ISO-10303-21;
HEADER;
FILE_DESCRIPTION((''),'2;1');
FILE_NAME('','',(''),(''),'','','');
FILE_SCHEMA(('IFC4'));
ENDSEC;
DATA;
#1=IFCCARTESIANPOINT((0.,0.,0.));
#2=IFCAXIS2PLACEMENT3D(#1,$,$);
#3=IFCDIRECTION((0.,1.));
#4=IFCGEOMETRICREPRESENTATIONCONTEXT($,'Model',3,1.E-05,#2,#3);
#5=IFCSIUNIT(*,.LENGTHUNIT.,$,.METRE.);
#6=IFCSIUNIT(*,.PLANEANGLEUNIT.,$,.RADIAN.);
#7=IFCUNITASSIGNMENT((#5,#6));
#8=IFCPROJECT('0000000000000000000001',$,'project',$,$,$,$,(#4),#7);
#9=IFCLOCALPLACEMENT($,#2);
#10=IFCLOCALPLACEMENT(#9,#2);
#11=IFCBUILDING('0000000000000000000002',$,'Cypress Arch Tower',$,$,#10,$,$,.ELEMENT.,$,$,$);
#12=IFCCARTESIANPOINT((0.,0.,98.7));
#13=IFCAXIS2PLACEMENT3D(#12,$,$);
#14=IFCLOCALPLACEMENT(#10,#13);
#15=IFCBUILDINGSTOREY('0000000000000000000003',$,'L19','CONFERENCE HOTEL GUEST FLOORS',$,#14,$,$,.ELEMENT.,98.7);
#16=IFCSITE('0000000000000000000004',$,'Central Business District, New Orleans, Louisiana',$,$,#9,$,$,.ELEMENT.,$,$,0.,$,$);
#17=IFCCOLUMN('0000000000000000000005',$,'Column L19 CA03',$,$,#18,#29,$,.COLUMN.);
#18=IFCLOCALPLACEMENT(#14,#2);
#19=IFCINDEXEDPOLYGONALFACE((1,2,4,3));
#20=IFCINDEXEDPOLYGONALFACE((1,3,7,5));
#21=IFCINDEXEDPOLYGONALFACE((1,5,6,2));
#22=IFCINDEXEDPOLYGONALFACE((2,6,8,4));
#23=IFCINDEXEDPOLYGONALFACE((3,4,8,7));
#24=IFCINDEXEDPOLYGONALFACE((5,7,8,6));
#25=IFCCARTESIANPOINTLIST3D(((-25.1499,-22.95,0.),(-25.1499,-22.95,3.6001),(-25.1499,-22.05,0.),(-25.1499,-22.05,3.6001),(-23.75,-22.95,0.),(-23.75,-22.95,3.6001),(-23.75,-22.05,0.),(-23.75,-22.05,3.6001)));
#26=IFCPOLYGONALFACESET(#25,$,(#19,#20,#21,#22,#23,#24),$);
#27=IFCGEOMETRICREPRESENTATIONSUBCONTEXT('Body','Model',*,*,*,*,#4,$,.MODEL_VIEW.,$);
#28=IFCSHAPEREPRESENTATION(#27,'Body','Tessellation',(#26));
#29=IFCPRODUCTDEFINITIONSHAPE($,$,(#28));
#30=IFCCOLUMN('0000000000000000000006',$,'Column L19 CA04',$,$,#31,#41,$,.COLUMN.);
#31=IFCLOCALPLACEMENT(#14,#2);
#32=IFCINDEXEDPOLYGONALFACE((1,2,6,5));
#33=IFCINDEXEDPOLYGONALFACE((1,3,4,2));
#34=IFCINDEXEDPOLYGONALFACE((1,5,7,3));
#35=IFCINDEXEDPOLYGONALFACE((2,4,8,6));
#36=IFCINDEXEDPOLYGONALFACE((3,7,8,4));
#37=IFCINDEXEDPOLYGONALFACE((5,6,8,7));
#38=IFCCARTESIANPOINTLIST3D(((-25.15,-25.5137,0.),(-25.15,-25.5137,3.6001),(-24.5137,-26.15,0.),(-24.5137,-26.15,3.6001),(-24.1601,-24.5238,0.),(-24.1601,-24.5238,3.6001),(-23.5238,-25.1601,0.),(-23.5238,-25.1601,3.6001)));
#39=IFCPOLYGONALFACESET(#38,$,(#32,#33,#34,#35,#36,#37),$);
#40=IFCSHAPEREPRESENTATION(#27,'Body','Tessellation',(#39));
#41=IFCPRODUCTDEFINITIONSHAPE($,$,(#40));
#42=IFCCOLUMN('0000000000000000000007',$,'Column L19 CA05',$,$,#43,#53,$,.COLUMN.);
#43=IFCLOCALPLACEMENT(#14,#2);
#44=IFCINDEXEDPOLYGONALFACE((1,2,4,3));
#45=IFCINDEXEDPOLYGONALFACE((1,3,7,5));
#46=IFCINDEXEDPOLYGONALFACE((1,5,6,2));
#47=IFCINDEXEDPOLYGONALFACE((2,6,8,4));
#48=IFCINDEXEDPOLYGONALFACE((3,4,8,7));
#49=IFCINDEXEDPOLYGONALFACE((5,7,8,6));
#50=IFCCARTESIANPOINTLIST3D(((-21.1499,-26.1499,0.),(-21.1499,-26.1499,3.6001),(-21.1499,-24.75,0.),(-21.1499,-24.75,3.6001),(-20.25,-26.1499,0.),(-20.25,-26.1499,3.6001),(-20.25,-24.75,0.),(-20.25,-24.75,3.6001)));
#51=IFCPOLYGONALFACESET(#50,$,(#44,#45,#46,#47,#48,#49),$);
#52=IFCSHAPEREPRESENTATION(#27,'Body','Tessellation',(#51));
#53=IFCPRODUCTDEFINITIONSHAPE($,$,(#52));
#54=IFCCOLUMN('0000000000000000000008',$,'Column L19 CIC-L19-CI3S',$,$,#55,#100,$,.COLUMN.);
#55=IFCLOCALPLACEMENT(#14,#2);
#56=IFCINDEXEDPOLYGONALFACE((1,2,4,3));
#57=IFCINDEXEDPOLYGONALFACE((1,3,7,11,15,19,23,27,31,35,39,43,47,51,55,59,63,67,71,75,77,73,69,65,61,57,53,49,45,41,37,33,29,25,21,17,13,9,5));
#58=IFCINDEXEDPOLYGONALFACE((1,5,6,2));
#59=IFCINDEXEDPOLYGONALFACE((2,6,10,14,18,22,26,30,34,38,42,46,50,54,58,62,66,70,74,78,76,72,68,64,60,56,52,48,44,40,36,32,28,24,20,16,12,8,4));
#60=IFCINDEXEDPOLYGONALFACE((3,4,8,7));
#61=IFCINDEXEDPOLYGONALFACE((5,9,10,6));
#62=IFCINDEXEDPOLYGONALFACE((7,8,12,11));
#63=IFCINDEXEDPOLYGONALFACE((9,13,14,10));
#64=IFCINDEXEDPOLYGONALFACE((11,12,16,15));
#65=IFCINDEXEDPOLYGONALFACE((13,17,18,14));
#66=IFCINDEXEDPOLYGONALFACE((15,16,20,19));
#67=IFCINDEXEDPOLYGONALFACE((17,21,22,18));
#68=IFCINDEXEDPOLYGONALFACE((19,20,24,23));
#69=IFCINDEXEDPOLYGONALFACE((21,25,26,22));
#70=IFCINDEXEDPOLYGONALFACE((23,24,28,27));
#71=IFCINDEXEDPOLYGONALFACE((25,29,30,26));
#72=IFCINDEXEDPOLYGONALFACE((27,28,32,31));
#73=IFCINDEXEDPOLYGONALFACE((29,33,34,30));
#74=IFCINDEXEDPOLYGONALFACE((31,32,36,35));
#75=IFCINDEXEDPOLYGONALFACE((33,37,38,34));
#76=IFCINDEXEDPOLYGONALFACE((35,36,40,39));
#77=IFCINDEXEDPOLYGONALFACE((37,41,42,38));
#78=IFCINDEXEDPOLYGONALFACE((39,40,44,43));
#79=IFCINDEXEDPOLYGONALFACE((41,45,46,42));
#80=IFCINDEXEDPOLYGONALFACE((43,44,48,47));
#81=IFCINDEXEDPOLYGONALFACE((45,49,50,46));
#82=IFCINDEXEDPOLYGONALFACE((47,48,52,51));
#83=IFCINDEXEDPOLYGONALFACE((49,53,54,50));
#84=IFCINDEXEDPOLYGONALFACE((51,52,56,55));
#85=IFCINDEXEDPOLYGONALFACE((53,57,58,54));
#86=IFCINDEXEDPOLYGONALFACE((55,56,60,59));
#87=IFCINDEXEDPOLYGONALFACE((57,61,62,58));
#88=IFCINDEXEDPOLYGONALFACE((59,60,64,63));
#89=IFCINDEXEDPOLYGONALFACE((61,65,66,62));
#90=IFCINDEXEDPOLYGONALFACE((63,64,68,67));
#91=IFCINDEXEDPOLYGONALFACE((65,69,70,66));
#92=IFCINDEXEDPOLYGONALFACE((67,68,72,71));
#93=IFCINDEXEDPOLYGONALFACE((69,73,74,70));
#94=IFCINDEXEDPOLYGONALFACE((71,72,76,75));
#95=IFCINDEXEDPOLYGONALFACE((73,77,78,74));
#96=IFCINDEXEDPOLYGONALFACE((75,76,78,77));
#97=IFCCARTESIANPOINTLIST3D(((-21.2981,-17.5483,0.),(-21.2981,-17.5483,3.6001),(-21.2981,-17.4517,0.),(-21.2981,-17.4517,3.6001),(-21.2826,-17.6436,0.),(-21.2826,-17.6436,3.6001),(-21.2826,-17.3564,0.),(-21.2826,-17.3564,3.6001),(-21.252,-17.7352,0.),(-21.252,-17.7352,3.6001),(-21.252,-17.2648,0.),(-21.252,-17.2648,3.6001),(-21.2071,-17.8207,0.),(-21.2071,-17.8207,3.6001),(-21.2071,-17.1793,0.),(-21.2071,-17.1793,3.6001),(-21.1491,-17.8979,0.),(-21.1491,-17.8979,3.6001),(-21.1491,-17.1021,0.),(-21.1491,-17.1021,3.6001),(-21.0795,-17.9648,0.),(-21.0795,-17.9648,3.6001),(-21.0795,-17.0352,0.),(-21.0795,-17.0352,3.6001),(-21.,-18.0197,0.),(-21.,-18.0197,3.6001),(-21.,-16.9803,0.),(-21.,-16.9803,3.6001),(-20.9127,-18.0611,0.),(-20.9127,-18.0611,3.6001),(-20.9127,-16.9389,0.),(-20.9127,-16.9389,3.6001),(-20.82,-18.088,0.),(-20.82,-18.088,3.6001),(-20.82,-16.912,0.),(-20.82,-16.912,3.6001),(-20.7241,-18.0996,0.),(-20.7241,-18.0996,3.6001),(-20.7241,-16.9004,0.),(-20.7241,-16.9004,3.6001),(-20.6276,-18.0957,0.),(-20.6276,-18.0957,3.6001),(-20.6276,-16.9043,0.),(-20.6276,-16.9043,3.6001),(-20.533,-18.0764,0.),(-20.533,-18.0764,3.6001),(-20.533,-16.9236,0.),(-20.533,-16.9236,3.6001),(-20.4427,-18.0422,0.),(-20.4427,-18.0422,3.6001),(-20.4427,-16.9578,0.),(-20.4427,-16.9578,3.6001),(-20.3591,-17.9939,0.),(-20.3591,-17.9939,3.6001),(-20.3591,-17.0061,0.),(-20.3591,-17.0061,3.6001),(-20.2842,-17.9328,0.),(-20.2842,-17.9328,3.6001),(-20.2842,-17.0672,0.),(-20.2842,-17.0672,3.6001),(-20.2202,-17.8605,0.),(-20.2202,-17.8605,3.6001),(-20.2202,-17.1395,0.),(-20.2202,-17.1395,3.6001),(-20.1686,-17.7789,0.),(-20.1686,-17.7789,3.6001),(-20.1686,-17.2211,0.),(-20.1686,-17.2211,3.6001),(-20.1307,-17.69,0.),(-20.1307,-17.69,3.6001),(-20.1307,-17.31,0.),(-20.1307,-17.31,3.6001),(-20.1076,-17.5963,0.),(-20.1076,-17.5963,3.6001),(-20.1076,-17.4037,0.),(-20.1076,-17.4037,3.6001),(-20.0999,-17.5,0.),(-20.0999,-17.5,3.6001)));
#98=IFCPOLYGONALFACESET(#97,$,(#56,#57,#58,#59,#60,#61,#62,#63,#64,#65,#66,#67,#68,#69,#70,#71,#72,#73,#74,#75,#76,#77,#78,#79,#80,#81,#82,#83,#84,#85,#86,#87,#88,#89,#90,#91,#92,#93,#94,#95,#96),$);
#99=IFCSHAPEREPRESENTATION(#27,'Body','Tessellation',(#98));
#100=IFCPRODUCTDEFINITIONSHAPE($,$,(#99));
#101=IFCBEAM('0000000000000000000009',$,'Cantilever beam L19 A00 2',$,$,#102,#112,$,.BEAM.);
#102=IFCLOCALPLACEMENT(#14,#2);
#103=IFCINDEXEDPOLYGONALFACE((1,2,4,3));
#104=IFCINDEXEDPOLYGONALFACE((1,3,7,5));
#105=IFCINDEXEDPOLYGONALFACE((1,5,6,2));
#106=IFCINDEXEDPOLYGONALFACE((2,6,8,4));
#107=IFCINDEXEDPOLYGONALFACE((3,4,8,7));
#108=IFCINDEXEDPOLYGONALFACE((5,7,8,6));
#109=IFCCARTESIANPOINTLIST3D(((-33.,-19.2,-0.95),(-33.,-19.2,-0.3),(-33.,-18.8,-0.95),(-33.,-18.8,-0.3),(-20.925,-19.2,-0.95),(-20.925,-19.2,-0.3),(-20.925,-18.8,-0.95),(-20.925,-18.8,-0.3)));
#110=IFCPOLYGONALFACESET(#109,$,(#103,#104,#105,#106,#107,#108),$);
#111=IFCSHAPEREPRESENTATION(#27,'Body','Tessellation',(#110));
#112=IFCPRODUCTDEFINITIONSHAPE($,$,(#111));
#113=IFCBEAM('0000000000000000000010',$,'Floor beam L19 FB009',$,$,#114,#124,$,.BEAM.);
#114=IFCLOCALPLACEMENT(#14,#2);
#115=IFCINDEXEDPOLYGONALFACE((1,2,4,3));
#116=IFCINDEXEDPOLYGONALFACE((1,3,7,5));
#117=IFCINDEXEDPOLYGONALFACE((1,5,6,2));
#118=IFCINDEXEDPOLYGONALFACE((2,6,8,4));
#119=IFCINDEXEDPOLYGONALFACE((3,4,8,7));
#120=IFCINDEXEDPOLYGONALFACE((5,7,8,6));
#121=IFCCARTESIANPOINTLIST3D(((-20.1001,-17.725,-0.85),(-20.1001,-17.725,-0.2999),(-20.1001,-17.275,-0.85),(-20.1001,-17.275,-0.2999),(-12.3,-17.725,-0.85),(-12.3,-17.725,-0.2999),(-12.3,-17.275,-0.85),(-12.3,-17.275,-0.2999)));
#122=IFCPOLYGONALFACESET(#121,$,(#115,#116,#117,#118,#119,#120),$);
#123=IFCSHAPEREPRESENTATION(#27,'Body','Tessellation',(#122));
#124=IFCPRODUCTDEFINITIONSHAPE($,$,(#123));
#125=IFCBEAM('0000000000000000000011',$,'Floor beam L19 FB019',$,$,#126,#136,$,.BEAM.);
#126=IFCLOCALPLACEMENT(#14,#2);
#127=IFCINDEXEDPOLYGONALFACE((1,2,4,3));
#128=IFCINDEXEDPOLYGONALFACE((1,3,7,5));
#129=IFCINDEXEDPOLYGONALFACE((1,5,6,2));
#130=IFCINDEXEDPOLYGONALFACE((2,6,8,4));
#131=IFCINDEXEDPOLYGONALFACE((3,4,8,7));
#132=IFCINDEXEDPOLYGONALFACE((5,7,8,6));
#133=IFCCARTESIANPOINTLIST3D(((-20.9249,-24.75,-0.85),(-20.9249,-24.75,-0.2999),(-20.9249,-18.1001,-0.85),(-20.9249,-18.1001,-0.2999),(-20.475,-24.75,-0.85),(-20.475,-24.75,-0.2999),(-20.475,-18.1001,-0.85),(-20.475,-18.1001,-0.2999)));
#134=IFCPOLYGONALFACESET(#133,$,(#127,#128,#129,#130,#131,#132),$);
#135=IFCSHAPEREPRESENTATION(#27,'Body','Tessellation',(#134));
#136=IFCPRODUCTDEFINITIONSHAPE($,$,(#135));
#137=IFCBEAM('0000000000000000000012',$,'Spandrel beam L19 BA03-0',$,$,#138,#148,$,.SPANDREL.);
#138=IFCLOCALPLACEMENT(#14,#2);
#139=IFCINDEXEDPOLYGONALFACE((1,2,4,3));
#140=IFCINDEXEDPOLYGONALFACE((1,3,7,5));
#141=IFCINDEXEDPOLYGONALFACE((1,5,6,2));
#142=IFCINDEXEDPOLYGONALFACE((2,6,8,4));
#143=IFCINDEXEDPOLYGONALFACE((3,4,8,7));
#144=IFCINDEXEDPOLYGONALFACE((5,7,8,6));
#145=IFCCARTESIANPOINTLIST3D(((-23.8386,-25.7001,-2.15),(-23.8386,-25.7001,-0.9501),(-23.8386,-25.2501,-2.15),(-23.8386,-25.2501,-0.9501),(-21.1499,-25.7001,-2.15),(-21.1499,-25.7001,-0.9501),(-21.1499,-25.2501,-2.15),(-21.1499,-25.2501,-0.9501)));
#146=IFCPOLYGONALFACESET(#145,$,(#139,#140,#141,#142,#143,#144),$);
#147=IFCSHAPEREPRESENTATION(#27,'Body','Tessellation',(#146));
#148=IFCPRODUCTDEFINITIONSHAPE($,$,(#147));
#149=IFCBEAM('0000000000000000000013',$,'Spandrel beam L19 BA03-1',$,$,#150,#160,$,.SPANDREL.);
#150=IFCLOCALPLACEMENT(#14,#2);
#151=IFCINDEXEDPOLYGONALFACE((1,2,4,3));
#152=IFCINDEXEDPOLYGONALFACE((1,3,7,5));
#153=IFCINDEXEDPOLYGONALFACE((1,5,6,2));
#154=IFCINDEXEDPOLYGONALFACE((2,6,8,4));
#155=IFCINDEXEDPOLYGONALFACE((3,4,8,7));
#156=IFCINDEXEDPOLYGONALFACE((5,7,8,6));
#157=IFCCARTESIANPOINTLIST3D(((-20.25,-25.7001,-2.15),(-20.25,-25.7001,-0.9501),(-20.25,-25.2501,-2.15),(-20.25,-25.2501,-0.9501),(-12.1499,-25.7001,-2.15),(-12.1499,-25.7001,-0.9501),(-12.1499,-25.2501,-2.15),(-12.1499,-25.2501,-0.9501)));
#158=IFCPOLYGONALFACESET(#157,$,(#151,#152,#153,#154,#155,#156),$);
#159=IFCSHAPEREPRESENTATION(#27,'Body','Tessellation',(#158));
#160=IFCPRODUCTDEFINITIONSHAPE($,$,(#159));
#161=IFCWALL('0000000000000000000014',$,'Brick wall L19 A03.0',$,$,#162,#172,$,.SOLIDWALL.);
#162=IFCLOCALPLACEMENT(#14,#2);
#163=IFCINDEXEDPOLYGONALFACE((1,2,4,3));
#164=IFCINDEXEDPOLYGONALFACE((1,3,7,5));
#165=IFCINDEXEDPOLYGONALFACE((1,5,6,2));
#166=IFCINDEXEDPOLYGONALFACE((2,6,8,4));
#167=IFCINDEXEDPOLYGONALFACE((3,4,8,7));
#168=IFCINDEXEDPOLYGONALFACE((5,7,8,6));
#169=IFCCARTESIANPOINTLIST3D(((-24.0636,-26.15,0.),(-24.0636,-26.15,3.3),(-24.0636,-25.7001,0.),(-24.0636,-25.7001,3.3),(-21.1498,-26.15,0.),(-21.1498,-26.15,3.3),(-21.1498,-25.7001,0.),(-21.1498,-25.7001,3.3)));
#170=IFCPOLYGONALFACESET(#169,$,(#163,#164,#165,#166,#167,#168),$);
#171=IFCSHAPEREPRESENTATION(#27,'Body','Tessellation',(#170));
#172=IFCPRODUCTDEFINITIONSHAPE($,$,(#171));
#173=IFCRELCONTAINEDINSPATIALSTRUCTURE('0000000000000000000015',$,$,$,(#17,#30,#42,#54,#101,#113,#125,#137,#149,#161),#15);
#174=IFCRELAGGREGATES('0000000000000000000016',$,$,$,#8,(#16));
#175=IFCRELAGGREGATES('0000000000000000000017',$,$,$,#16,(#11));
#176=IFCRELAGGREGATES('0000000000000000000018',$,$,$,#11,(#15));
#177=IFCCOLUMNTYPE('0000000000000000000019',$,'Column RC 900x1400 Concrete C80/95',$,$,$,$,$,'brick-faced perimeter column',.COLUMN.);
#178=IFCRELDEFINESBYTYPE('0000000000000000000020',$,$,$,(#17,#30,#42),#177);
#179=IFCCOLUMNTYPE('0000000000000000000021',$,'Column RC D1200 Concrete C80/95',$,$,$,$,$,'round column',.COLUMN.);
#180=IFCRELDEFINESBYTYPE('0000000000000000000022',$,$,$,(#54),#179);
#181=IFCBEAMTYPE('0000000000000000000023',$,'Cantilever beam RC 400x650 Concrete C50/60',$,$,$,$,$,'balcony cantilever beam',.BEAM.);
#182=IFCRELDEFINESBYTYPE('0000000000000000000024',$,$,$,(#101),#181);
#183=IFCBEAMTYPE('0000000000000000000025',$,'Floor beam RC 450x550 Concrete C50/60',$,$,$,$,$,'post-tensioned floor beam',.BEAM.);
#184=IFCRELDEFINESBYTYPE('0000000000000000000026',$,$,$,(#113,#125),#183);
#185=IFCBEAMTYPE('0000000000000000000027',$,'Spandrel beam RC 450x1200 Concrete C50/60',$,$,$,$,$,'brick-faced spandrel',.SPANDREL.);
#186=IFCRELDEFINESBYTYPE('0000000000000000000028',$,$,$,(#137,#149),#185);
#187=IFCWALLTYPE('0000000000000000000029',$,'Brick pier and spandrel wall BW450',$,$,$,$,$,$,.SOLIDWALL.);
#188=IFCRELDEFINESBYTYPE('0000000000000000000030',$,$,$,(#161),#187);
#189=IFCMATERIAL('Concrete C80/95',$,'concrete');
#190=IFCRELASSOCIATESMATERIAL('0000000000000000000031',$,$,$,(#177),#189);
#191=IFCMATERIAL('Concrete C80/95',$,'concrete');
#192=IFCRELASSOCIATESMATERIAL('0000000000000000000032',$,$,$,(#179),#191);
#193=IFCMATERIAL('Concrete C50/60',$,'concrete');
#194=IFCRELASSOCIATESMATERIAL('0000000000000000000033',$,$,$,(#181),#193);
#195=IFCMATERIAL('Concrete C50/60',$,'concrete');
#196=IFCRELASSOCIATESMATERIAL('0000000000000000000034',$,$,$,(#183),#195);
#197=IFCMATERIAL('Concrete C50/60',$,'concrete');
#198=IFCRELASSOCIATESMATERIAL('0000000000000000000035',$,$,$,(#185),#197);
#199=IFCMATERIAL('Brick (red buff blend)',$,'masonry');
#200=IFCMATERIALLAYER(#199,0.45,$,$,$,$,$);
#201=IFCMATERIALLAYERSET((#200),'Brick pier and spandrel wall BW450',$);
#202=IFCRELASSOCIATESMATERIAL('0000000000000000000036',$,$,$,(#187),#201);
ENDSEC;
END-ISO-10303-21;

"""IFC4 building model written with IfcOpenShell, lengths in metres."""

from ifc_helpers import new_model, si_unit, direction, frame, frame_2d, origin, origin_2d, place, context, subcontext, project, spatial, rectangle, circle, extrude, material, layer, layer_set, material_profile, profile_set, type_object, element, save


model = new_model("IFC4")

# Units and contexts
model_context = context("Model", 3, precision=1e-05, world=origin(), true_north=direction((0.0, 1.0)))
body_context = subcontext(model_context, "Body", "Model", "MODEL_VIEW")
ifc_project = project(units=[si_unit("LENGTHUNIT", "METRE"), si_unit("PLANEANGLEUNIT", "RADIAN")], contexts=[model_context])

# Site, building, storey
site_placement = place(None, origin())
site = spatial("IfcSite", under=ifc_project, at=site_placement, Name="Central Business District, New Orleans, Louisiana", CompositionType="ELEMENT", RefElevation=0.0)
building_placement = place(site_placement, origin())
building = spatial("IfcBuilding", under=site, at=building_placement, Name="Cypress Arch Tower", CompositionType="ELEMENT")
storey_placement = place(building_placement, frame((0.0, 0.0, 98.7)))
storey = spatial("IfcBuildingStorey", under=building, at=storey_placement, Name="L19", Description="CONFERENCE HOTEL GUEST FLOORS", CompositionType="ELEMENT", Elevation=98.7)

# Columns
ifc_material_1 = material(Name="Concrete C80/95", Category="concrete")
ifc_material_profile_1 = material_profile(ifc_material_1, rectangle(XDim=0.8999, YDim=1.3999, at=origin_2d()), Name="RC 900x1400")
ifc_profile_set_1 = profile_set([ifc_material_profile_1], Name="Concrete C80/95")
column_type_1 = type_object("IfcColumnType", Name="Column RC 900x1400 Concrete C80/95", ElementType="brick-faced perimeter column", PredefinedType="COLUMN", material=ifc_profile_set_1)
for number, where, z_axis, x_axis, name in (
    (1, (-24.45, -22.5, 0.0), (0.0, 0.0, 1.0), (0.0, -1.0, 0.0), "Column L19 CA03"),
    (2, (-24.3369, -25.3369, 0.0), (0.0, 0.0, 1.0), (0.707107, -0.707107, 0.0), "Column L19 CA04"),
    (3, (-20.7, -25.45, 0.0), (0.0, 0.0, 1.0), (1.0, 0.0, 0.0), "Column L19 CA05"),
):
    element("IfcColumn", number, at=place(storey_placement, frame(where, z_axis=z_axis, x_axis=x_axis)), inside=storey, type_object=column_type_1, Name=name, PredefinedType="COLUMN", context=body_context, shape_type="SweptSolid", body=[
        extrude(rectangle(XDim=0.8999, YDim=1.3999, at=origin_2d()), origin(), (0.0, 0.0, 1.0), 3.6001),
    ])
ifc_material_2 = material(Name="Concrete C80/95", Category="concrete")
ifc_material_profile_2 = material_profile(ifc_material_2, circle(Radius=0.6001, at=origin_2d()), Name="RC D1200")
ifc_profile_set_2 = profile_set([ifc_material_profile_2], Name="Concrete C80/95")
column_type_2 = type_object("IfcColumnType", Name="Column RC D1200 Concrete C80/95", ElementType="round column", PredefinedType="COLUMN", material=ifc_profile_set_2)
column_placement = place(storey_placement, frame((-20.7, -17.5, 0.0), z_axis=(0.0, 0.0, 1.0), x_axis=(1.0, 0.0, 0.0)))
element("IfcColumn", 4, at=column_placement, inside=storey, type_object=column_type_2, Name="Column L19 CIC-L19-CI3S", PredefinedType="COLUMN", context=body_context, shape_type="SweptSolid", body=[
    extrude(circle(Radius=0.6001, at=origin_2d()), origin(), (0.0, 0.0, 1.0), 3.6001),
])

# Beams
ifc_material_3 = material(Name="Concrete C50/60", Category="concrete")
ifc_material_profile_3 = material_profile(ifc_material_3, rectangle(XDim=0.3999, YDim=0.6499, at=origin_2d()), Name="RC 400x650")
ifc_profile_set_3 = profile_set([ifc_material_profile_3], Name="Concrete C50/60")
beam_type_1 = type_object("IfcBeamType", Name="Cantilever beam RC 400x650 Concrete C50/60", ElementType="balcony cantilever beam", PredefinedType="BEAM", material=ifc_profile_set_3)
beam_1_placement = place(storey_placement, frame((-20.925, -19.0, -0.625), z_axis=(-1.0, 0.0, 0.0), x_axis=(0.0, -1.0, 0.0)))
element("IfcBeam", 5, at=beam_1_placement, inside=storey, type_object=beam_type_1, Name="Cantilever beam L19 A00 2", PredefinedType="BEAM", context=body_context, shape_type="SweptSolid", body=[
    extrude(rectangle(XDim=0.3999, YDim=0.6499, at=origin_2d()), origin(), (0.0, 0.0, 1.0), 12.075),
])
ifc_material_4 = material(Name="Concrete C50/60", Category="concrete")
ifc_material_profile_4 = material_profile(ifc_material_4, rectangle(XDim=0.45, YDim=0.55, at=origin_2d()), Name="RC 450x550")
ifc_profile_set_4 = profile_set([ifc_material_profile_4], Name="Concrete C50/60")
beam_type_2 = type_object("IfcBeamType", Name="Floor beam RC 450x550 Concrete C50/60", ElementType="post-tensioned floor beam", PredefinedType="BEAM", material=ifc_profile_set_4)
beam_2_placement = place(storey_placement, frame((-20.1001, -17.5, -0.575), z_axis=(1.0, 0.0, 0.0), x_axis=(0.0, 1.0, 0.0)))
element("IfcBeam", 6, at=beam_2_placement, inside=storey, type_object=beam_type_2, Name="Floor beam L19 FB009", PredefinedType="BEAM", context=body_context, shape_type="SweptSolid", body=[
    extrude(rectangle(XDim=0.45, YDim=0.55, at=origin_2d()), origin(), (0.0, 0.0, 1.0), 7.8),
])
beam_3_placement = place(storey_placement, frame((-20.7, -24.75, -0.575), z_axis=(0.0, 1.0, 0.0), x_axis=(-1.0, 0.0, 0.0)))
element("IfcBeam", 7, at=beam_3_placement, inside=storey, type_object=beam_type_2, Name="Floor beam L19 FB019", PredefinedType="BEAM", context=body_context, shape_type="SweptSolid", body=[
    extrude(rectangle(XDim=0.45, YDim=0.55, at=origin_2d()), origin(), (0.0, 0.0, 1.0), 6.6499),
])
ifc_material_5 = material(Name="Concrete C50/60", Category="concrete")
ifc_material_profile_5 = material_profile(ifc_material_5, rectangle(XDim=0.45, YDim=1.2, at=origin_2d()), Name="RC 450x1200")
ifc_profile_set_5 = profile_set([ifc_material_profile_5], Name="Concrete C50/60")
beam_type_3 = type_object("IfcBeamType", Name="Spandrel beam RC 450x1200 Concrete C50/60", ElementType="brick-faced spandrel", PredefinedType="SPANDREL", material=ifc_profile_set_5)
beam_4_placement = place(storey_placement, frame((-23.8386, -25.4751, -1.55), z_axis=(1.0, 0.0, 0.0), x_axis=(0.0, 1.0, 0.0)))
element("IfcBeam", 8, at=beam_4_placement, inside=storey, type_object=beam_type_3, Name="Spandrel beam L19 BA03-0", PredefinedType="SPANDREL", context=body_context, shape_type="SweptSolid", body=[
    extrude(rectangle(XDim=0.45, YDim=1.2, at=origin_2d()), origin(), (0.0, 0.0, 1.0), 2.6887),
])
beam_5_placement = place(storey_placement, frame((-20.25, -25.4751, -1.55), z_axis=(1.0, 0.0, 0.0), x_axis=(0.0, 1.0, 0.0)))
element("IfcBeam", 9, at=beam_5_placement, inside=storey, type_object=beam_type_3, Name="Spandrel beam L19 BA03-1", PredefinedType="SPANDREL", context=body_context, shape_type="SweptSolid", body=[
    extrude(rectangle(XDim=0.45, YDim=1.2, at=origin_2d()), origin(), (0.0, 0.0, 1.0), 8.1001),
])

# Wall
ifc_material_6 = material(Name="Brick (red buff blend)", Category="masonry")
ifc_layer_1 = layer(ifc_material_6, 0.45)
ifc_layer_set_1 = layer_set([ifc_layer_1], Name="Brick pier and spandrel wall BW450")
wall_type_1 = type_object("IfcWallType", Name="Brick pier and spandrel wall BW450", PredefinedType="SOLIDWALL", material=ifc_layer_set_1)
wall_1_placement = place(storey_placement, frame((-24.0637, -25.925, 0.0), z_axis=(0.0, 0.0, 1.0), x_axis=(1.0, 0.0, 0.0)))
element("IfcWall", 10, at=wall_1_placement, inside=storey, type_object=wall_type_1, Name="Brick wall L19 A03.0", PredefinedType="SOLIDWALL", context=body_context, shape_type="SweptSolid", body=[
    extrude(rectangle(XDim=2.9138, YDim=0.45, at=frame_2d((1.457, 0.0))), origin(), (0.0, 0.0, 1.0), 3.3),
])

save(model, "model.ifc")
